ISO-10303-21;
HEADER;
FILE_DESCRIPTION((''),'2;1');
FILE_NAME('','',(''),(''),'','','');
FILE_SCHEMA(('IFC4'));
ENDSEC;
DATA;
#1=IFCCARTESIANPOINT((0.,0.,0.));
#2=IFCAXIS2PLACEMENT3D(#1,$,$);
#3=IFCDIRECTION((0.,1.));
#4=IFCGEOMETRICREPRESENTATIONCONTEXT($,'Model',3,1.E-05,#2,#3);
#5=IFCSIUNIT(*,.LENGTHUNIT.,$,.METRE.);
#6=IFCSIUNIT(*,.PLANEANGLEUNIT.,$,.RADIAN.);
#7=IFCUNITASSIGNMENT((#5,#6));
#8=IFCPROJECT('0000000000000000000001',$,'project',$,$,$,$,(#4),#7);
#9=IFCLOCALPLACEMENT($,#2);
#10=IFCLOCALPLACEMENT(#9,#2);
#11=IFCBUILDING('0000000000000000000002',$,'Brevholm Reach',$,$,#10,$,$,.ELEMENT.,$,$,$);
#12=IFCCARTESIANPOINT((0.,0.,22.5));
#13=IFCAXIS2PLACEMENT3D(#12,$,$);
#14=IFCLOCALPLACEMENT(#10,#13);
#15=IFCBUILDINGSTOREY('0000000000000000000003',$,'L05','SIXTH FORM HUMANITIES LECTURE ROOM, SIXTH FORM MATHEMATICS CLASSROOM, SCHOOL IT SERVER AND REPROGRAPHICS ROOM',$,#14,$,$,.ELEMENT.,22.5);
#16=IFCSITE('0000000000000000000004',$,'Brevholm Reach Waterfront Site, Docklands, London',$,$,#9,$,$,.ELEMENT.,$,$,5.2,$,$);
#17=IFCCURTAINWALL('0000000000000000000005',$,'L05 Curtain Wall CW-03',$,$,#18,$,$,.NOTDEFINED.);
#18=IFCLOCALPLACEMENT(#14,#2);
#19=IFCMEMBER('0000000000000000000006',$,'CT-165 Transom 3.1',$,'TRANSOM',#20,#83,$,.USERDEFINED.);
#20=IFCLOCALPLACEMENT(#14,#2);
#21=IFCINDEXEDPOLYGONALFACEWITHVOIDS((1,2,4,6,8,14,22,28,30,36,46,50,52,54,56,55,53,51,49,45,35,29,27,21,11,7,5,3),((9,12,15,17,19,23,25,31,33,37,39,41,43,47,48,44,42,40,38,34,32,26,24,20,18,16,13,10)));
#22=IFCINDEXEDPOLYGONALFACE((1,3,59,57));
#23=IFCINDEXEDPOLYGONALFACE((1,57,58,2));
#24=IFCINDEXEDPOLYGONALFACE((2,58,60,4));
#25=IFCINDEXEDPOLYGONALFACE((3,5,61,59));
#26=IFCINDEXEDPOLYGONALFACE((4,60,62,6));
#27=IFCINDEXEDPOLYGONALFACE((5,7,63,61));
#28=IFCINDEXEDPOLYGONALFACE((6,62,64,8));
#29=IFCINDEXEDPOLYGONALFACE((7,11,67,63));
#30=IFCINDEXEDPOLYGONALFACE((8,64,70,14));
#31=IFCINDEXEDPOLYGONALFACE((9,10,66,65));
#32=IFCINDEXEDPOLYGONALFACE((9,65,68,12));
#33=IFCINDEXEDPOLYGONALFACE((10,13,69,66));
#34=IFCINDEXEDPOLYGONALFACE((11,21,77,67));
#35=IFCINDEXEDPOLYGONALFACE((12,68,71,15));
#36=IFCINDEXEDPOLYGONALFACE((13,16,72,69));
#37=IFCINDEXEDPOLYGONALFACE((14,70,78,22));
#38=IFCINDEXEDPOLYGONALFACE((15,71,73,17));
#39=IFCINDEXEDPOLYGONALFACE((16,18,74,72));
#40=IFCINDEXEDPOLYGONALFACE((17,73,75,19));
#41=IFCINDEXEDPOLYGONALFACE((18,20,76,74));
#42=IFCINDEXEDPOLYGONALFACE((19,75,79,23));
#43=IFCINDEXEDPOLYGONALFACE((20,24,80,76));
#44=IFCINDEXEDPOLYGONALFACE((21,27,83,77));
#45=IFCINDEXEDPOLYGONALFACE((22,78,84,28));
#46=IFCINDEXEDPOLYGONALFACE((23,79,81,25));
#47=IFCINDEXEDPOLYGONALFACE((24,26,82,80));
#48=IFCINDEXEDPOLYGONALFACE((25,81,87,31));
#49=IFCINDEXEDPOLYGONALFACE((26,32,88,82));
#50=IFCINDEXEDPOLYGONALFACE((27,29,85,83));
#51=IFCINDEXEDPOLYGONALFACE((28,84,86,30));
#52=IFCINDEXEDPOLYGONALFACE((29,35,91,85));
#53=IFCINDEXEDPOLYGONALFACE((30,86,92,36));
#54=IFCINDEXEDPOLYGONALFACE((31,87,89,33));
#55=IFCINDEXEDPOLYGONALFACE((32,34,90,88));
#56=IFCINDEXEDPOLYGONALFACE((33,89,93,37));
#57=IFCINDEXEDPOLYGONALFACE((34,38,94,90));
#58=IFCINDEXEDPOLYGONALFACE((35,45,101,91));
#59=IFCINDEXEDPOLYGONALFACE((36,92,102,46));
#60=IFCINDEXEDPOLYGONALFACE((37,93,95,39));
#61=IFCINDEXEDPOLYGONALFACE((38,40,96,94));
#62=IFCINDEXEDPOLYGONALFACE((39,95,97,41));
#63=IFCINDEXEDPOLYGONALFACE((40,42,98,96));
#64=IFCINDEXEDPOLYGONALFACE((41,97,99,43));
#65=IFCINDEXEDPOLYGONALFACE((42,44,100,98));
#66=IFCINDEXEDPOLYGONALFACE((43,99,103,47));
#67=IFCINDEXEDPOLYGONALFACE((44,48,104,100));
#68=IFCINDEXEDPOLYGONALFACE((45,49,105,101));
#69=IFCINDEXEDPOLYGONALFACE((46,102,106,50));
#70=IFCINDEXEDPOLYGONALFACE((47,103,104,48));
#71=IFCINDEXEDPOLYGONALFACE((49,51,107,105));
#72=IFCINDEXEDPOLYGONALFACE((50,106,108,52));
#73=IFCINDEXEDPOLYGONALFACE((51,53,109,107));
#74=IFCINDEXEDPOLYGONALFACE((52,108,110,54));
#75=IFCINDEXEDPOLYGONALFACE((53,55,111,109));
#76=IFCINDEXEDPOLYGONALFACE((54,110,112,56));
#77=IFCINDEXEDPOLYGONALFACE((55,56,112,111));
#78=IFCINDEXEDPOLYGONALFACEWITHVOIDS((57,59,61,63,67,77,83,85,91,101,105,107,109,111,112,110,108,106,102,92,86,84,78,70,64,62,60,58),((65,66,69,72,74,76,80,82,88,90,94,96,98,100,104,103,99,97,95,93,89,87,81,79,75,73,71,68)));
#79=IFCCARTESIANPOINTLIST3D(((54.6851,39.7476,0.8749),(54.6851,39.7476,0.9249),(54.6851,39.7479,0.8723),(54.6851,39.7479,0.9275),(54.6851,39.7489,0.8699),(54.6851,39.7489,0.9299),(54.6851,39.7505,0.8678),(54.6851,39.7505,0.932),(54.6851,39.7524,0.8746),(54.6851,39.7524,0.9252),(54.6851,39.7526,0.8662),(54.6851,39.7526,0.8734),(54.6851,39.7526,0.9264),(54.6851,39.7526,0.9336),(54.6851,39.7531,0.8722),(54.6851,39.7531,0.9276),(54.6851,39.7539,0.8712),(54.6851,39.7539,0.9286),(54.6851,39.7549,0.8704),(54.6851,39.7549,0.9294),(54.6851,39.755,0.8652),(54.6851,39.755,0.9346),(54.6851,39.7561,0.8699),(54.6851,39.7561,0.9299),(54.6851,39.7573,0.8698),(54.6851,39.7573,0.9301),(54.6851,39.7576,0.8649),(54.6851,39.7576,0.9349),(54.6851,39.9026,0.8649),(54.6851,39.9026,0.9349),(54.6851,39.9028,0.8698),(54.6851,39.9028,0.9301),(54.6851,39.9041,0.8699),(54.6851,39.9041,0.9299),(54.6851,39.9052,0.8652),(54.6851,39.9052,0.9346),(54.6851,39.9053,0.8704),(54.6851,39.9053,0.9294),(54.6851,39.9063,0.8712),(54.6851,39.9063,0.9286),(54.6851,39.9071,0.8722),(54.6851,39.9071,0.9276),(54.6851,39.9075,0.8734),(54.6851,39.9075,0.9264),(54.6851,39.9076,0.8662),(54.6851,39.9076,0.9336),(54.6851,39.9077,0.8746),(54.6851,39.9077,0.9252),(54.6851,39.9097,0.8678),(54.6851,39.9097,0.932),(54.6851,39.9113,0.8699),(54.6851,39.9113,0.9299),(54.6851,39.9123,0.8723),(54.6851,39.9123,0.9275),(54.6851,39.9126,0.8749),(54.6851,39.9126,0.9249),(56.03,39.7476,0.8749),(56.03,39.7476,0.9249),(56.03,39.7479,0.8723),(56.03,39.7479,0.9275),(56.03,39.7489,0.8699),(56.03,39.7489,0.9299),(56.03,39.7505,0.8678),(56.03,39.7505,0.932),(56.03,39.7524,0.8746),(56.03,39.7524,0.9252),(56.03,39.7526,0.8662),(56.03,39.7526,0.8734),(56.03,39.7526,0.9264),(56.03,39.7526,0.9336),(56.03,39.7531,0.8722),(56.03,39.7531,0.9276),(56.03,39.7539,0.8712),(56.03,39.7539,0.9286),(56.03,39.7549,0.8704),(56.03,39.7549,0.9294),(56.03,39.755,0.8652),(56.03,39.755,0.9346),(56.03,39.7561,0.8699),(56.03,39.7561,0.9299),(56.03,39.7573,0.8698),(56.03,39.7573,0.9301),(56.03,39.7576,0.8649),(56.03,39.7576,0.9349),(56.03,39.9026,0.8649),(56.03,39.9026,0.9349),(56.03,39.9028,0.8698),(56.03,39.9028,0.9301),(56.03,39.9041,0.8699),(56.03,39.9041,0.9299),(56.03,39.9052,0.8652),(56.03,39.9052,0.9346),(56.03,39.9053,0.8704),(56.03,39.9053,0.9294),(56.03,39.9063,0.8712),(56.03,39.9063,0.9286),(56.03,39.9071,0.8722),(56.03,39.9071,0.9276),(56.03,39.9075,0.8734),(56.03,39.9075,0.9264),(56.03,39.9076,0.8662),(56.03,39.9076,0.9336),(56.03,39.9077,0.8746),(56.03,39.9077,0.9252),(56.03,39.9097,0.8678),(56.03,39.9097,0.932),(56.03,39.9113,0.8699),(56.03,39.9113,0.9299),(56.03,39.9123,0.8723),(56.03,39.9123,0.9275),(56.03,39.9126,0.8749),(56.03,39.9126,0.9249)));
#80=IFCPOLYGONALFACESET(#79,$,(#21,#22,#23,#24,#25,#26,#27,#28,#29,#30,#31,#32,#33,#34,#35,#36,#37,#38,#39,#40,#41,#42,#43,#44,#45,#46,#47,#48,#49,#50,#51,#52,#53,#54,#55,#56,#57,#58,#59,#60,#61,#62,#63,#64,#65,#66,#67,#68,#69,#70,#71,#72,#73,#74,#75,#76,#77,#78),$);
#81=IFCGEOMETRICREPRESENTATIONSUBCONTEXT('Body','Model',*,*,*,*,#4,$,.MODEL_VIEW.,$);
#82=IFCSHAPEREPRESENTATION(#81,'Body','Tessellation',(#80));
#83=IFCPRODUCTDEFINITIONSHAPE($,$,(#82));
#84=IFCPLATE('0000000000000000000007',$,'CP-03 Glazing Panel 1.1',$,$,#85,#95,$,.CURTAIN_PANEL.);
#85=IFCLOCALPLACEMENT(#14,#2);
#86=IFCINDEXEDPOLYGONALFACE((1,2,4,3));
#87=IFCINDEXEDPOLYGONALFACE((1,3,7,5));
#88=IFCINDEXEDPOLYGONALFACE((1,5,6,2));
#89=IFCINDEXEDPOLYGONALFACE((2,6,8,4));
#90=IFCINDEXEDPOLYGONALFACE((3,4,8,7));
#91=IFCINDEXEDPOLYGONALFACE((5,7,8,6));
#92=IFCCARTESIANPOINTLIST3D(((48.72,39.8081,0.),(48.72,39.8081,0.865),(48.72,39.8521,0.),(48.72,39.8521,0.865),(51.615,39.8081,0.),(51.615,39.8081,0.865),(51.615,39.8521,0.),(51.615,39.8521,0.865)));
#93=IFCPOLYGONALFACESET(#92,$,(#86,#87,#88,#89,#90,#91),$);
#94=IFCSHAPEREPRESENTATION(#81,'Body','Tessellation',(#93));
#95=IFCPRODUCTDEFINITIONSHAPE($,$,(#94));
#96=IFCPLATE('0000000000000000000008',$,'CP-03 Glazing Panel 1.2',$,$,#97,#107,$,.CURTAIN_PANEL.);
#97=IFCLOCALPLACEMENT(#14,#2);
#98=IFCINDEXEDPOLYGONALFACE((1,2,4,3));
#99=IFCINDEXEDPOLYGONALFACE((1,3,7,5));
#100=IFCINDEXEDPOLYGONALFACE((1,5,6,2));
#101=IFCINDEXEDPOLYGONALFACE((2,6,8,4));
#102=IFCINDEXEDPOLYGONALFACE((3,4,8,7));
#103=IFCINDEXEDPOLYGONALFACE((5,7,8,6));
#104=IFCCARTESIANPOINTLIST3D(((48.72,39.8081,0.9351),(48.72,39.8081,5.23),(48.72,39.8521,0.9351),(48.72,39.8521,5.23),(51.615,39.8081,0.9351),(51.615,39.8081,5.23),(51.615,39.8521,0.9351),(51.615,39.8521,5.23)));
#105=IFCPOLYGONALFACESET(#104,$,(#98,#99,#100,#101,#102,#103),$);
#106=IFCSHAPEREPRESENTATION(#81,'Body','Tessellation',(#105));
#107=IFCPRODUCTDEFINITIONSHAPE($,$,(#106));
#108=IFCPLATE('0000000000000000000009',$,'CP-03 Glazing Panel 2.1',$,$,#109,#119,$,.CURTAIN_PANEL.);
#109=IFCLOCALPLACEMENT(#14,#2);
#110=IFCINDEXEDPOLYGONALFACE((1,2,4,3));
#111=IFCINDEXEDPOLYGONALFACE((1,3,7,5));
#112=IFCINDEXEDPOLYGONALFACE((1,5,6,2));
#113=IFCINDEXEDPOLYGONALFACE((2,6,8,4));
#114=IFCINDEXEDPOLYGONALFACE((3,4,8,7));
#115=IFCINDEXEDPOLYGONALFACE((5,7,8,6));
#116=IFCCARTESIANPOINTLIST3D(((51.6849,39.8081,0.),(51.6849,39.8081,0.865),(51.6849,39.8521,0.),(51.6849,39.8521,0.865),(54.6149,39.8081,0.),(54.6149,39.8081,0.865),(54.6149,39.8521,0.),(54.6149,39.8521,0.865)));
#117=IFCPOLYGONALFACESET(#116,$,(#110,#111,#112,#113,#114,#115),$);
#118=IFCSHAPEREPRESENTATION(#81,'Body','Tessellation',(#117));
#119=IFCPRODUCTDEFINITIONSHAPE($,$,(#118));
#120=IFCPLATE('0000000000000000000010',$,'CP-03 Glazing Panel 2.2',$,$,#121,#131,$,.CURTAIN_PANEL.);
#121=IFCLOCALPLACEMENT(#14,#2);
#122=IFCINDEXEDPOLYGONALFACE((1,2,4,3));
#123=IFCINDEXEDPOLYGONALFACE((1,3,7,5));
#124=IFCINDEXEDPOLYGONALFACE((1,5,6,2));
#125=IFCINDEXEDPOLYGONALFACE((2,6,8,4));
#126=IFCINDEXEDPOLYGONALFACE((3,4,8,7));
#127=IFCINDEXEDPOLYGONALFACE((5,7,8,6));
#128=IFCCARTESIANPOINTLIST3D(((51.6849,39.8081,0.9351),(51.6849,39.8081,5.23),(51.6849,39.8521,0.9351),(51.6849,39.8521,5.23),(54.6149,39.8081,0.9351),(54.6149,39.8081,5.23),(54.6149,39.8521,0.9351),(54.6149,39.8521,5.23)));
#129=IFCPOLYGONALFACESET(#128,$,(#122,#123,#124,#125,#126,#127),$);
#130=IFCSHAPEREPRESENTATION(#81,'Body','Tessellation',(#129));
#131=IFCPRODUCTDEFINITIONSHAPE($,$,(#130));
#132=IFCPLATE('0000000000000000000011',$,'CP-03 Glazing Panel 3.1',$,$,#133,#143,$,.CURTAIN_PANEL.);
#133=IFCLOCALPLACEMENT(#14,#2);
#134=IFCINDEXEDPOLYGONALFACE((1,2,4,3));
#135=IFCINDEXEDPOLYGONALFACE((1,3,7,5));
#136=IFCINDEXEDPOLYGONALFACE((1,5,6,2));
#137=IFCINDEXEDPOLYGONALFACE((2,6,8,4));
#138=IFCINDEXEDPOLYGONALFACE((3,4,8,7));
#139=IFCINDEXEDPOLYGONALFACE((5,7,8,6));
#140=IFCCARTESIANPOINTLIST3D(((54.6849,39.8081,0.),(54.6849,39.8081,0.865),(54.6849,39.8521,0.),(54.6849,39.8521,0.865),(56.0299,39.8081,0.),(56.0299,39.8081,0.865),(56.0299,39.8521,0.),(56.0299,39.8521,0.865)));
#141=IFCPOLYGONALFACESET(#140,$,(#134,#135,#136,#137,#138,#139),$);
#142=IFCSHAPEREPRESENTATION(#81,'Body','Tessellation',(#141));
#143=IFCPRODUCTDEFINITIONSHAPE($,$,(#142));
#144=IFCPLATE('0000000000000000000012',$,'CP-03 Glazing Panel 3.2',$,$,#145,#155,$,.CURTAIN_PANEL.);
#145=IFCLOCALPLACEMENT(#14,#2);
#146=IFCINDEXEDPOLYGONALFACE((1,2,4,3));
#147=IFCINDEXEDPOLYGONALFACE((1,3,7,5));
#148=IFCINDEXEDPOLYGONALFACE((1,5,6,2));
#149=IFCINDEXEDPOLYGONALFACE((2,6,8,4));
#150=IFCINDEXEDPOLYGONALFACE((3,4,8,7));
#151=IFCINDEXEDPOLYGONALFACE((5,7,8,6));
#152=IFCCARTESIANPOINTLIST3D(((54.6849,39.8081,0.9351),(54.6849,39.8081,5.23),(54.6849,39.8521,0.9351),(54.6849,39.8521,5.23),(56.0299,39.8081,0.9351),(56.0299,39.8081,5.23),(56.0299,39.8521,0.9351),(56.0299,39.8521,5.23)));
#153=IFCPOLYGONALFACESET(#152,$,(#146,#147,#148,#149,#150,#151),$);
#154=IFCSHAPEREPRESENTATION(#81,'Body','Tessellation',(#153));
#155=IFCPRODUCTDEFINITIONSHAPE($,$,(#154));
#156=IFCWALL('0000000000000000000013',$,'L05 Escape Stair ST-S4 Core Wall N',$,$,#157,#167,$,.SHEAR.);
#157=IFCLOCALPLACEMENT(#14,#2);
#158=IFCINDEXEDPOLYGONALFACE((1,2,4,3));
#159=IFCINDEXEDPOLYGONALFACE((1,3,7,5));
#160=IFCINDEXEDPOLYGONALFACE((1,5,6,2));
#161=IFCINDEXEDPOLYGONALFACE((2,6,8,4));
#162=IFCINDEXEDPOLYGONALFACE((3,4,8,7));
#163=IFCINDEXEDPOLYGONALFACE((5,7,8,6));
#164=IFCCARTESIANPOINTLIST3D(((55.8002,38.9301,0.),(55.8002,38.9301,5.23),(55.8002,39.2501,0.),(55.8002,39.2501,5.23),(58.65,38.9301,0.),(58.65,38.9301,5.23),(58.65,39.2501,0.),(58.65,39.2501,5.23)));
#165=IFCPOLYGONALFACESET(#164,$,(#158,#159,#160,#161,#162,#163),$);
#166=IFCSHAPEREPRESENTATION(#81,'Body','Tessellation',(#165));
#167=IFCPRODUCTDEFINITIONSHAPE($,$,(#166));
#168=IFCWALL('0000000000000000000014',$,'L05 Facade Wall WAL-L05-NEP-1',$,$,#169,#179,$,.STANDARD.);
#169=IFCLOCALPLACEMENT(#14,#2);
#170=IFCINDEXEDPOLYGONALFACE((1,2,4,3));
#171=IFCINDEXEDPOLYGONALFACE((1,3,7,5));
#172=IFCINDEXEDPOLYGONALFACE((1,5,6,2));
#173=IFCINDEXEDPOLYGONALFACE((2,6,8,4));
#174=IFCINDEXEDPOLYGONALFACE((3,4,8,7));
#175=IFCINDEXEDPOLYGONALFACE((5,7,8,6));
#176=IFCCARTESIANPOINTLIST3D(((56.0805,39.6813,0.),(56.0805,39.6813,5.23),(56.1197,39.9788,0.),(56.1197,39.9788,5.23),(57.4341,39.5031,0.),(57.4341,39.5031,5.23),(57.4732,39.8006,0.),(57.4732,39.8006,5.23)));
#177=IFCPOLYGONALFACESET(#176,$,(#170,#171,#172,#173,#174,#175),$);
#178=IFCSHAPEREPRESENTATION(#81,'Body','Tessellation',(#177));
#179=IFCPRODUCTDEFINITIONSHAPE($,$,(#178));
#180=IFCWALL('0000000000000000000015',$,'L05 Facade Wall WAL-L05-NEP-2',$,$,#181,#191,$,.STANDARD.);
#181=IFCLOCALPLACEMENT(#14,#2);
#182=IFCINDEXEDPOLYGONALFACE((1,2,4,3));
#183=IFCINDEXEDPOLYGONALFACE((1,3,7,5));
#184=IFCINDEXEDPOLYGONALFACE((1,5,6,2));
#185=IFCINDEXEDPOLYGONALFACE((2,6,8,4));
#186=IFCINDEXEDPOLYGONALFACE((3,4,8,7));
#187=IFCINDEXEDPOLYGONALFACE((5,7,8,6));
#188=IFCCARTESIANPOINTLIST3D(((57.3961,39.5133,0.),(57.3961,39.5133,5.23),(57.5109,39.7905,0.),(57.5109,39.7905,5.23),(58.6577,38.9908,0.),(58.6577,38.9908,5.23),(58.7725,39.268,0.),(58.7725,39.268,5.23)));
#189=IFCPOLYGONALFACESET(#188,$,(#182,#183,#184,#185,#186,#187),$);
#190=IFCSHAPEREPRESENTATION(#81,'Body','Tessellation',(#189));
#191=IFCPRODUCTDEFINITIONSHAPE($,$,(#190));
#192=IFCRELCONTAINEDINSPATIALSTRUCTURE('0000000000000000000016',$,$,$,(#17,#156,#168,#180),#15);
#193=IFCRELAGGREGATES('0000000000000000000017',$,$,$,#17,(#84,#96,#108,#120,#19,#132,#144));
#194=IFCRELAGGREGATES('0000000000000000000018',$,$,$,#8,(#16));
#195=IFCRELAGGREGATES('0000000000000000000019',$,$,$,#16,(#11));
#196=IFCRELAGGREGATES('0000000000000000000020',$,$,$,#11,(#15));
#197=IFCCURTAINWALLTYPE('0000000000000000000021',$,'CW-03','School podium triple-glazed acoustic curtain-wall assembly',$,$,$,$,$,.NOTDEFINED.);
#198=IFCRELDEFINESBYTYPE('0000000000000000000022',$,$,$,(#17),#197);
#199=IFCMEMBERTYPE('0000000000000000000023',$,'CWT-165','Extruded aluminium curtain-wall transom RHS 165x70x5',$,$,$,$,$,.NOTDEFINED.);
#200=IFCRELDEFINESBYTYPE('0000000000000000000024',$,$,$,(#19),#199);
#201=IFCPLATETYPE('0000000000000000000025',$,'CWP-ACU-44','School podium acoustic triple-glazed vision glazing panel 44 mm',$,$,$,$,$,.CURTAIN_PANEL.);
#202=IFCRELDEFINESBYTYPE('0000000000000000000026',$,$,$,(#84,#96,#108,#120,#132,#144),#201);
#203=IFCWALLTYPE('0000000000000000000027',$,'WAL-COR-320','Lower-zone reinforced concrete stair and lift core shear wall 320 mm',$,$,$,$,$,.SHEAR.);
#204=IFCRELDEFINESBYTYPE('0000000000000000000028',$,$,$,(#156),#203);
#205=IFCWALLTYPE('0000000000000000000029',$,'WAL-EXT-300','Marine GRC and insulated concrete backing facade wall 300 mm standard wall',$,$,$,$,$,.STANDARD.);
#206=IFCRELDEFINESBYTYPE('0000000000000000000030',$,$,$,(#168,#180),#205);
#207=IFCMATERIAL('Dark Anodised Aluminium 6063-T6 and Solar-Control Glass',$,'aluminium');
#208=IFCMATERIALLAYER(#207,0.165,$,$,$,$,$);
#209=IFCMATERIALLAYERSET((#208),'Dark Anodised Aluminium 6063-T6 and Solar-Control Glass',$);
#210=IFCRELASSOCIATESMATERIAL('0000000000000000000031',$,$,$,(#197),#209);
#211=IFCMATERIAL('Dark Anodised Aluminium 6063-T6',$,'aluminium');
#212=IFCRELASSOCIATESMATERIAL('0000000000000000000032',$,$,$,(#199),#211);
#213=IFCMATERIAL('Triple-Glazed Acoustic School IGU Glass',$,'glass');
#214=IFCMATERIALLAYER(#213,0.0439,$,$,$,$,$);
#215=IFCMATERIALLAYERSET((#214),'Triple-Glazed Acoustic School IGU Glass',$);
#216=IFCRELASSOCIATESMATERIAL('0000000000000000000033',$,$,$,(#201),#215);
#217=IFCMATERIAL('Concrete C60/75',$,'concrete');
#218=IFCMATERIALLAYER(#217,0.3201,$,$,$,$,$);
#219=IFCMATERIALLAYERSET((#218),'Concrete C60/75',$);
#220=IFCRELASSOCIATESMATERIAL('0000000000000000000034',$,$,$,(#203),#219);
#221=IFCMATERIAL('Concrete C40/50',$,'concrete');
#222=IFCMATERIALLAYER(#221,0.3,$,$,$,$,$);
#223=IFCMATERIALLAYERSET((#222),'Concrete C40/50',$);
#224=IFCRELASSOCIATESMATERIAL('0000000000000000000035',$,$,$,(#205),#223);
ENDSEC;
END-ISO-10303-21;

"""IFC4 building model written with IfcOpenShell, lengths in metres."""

from ifc_helpers import new_model, si_unit, direction, frame, frame_2d, origin, origin_2d, place, context, subcontext, project, spatial, rectangle, hollow_rectangle, extrude, material, layer, layer_set, material_profile, profile_set, type_object, element, aggregate, save


model = new_model("IFC4")

# Units and contexts
model_context = context("Model", 3, precision=1e-05, world=origin(), true_north=direction((0.0, 1.0)))
body_context = subcontext(model_context, "Body", "Model", "MODEL_VIEW")
ifc_project = project(units=[si_unit("LENGTHUNIT", "METRE"), si_unit("PLANEANGLEUNIT", "RADIAN")], contexts=[model_context])

# Site, building, storey
site_placement = place(None, origin())
site = spatial("IfcSite", under=ifc_project, at=site_placement, Name="Brevholm Reach Waterfront Site, Docklands, London", CompositionType="ELEMENT", RefElevation=5.2)
building_placement = place(site_placement, origin())
building = spatial("IfcBuilding", under=site, at=building_placement, Name="Brevholm Reach", CompositionType="ELEMENT")
storey_placement = place(building_placement, frame((0.0, 0.0, 22.5)))
storey = spatial("IfcBuildingStorey", under=building, at=storey_placement, Name="L05", Description="SIXTH FORM HUMANITIES LECTURE ROOM, SIXTH FORM MATHEMATICS CLASSROOM, SCHOOL IT SERVER AND REPROGRAPHICS ROOM", CompositionType="ELEMENT", Elevation=22.5)

# Curtain wall, member, plates
ifc_material_1 = material(Name="Dark Anodised Aluminium 6063-T6 and Solar-Control Glass", Category="aluminium")
ifc_layer_1 = layer(ifc_material_1, 0.165)
ifc_layer_set_1 = layer_set([ifc_layer_1], Name="Dark Anodised Aluminium 6063-T6 and Solar-Control Glass")
curtain_wall_type = type_object("IfcCurtainWallType", Name="CW-03", Description="School podium triple-glazed acoustic curtain-wall assembly", PredefinedType="NOTDEFINED", material=ifc_layer_set_1)
curtain_wall_placement = place(storey_placement, origin())
curtain_wall = element("IfcCurtainWall", 1, at=curtain_wall_placement, inside=storey, type_object=curtain_wall_type, Name="L05 Curtain Wall CW-03", PredefinedType="NOTDEFINED")
ifc_material_2 = material(Name="Dark Anodised Aluminium 6063-T6", Category="aluminium")
ifc_material_profile_1 = material_profile(ifc_material_2, hollow_rectangle(XDim=0.0701, YDim=0.165, WallThickness=0.0049, InnerFilletRadius=0.0049, OuterFilletRadius=0.01, at=origin_2d()), Name="RHS 165x70x5")
ifc_profile_set_1 = profile_set([ifc_material_profile_1], Name="Dark Anodised Aluminium 6063-T6")
member_type_1 = type_object("IfcMemberType", Name="CWT-165", Description="Extruded aluminium curtain-wall transom RHS 165x70x5", PredefinedType="NOTDEFINED", material=ifc_profile_set_1)
member_1_placement = place(storey_placement, frame((54.6851, 39.8301, 0.8999), z_axis=(1.0, 0.0, 0.0), x_axis=(0.0, 0.0, 1.0)))
member_1 = element("IfcMember", 2, at=member_1_placement, type_object=member_type_1, Name="CT-165 Transom 3.1", ObjectType="TRANSOM", PredefinedType="USERDEFINED", context=body_context, shape_type="SweptSolid", body=[
    extrude(hollow_rectangle(XDim=0.0701, YDim=0.165, WallThickness=0.0049, InnerFilletRadius=0.0049, OuterFilletRadius=0.01, at=origin_2d()), origin(), (0.0, 0.0, 1.0), 1.345),
])
ifc_material_3 = material(Name="Triple-Glazed Acoustic School IGU Glass", Category="glass")
ifc_layer_2 = layer(ifc_material_3, 0.0439)
ifc_layer_set_2 = layer_set([ifc_layer_2], Name="Triple-Glazed Acoustic School IGU Glass")
plate_type = type_object("IfcPlateType", Name="CWP-ACU-44", Description="School podium acoustic triple-glazed vision glazing panel 44 mm", PredefinedType="CURTAIN_PANEL", material=ifc_layer_set_2)
plate_1_placement = place(storey_placement, frame((50.1675, 39.8301, 0.0), z_axis=(0.0, 0.0, 1.0), x_axis=(1.0, 0.0, 0.0)))
plate_1 = element("IfcPlate", 3, at=plate_1_placement, type_object=plate_type, Name="CP-03 Glazing Panel 1.1", PredefinedType="CURTAIN_PANEL", context=body_context, shape_type="SweptSolid", body=[
    extrude(rectangle(XDim=2.895, YDim=0.0439, at=origin_2d()), origin(), (0.0, 0.0, 1.0), 0.865),
])
plate_2_placement = place(storey_placement, frame((50.1675, 39.8301, 0.9351), z_axis=(0.0, 0.0, 1.0), x_axis=(1.0, 0.0, 0.0)))
plate_2 = element("IfcPlate", 4, at=plate_2_placement, type_object=plate_type, Name="CP-03 Glazing Panel 1.2", PredefinedType="CURTAIN_PANEL", context=body_context, shape_type="SweptSolid", body=[
    extrude(rectangle(XDim=2.895, YDim=0.0439, at=origin_2d()), origin(), (0.0, 0.0, 1.0), 4.2949),
])
plate_3_placement = place(storey_placement, frame((53.1499, 39.8301, 0.0), z_axis=(0.0, 0.0, 1.0), x_axis=(1.0, 0.0, 0.0)))
plate_3 = element("IfcPlate", 5, at=plate_3_placement, type_object=plate_type, Name="CP-03 Glazing Panel 2.1", PredefinedType="CURTAIN_PANEL", context=body_context, shape_type="SweptSolid", body=[
    extrude(rectangle(XDim=2.9299, YDim=0.0439, at=origin_2d()), origin(), (0.0, 0.0, 1.0), 0.865),
])
plate_4_placement = place(storey_placement, frame((53.1499, 39.8301, 0.9351), z_axis=(0.0, 0.0, 1.0), x_axis=(1.0, 0.0, 0.0)))
plate_4 = element("IfcPlate", 6, at=plate_4_placement, type_object=plate_type, Name="CP-03 Glazing Panel 2.2", PredefinedType="CURTAIN_PANEL", context=body_context, shape_type="SweptSolid", body=[
    extrude(rectangle(XDim=2.9299, YDim=0.0439, at=origin_2d()), origin(), (0.0, 0.0, 1.0), 4.2949),
])
plate_5_placement = place(storey_placement, frame((55.3574, 39.8301, 0.0), z_axis=(0.0, 0.0, 1.0), x_axis=(1.0, 0.0, 0.0)))
plate_5 = element("IfcPlate", 7, at=plate_5_placement, type_object=plate_type, Name="CP-03 Glazing Panel 3.1", PredefinedType="CURTAIN_PANEL", context=body_context, shape_type="SweptSolid", body=[
    extrude(rectangle(XDim=1.345, YDim=0.0439, at=origin_2d()), origin(), (0.0, 0.0, 1.0), 0.865),
])
plate_6_placement = place(storey_placement, frame((55.3574, 39.8301, 0.9351), z_axis=(0.0, 0.0, 1.0), x_axis=(1.0, 0.0, 0.0)))
plate_6 = element("IfcPlate", 8, at=plate_6_placement, type_object=plate_type, Name="CP-03 Glazing Panel 3.2", PredefinedType="CURTAIN_PANEL", context=body_context, shape_type="SweptSolid", body=[
    extrude(rectangle(XDim=1.345, YDim=0.0439, at=origin_2d()), origin(), (0.0, 0.0, 1.0), 4.2949),
])
aggregate(curtain_wall, [plate_1, plate_2, plate_3, plate_4, member_1, plate_5, plate_6])

# Walls
ifc_material_4 = material(Name="Concrete C60/75", Category="concrete")
ifc_layer_3 = layer(ifc_material_4, 0.3201)
ifc_layer_set_3 = layer_set([ifc_layer_3], Name="Concrete C60/75")
wall_type_1 = type_object("IfcWallType", Name="WAL-COR-320", Description="Lower-zone reinforced concrete stair and lift core shear wall 320 mm", PredefinedType="SHEAR", material=ifc_layer_set_3)
wall_1_placement = place(storey_placement, frame((58.6499, 39.0901, 0.0), z_axis=(0.0, 0.0, 1.0), x_axis=(-1.0, 0.0, 0.0)))
element("IfcWall", 9, at=wall_1_placement, inside=storey, type_object=wall_type_1, Name="L05 Escape Stair ST-S4 Core Wall N", PredefinedType="SHEAR", context=body_context, shape_type="SweptSolid", body=[
    extrude(rectangle(XDim=2.8499, YDim=0.3201, at=frame_2d((1.4248, 0.0))), origin(), (0.0, 0.0, 1.0), 5.23),
])
ifc_material_5 = material(Name="Concrete C40/50", Category="concrete")
ifc_layer_4 = layer(ifc_material_5, 0.3)
ifc_layer_set_4 = layer_set([ifc_layer_4], Name="Concrete C40/50")
wall_type_2 = type_object("IfcWallType", Name="WAL-EXT-300", Description="Marine GRC and insulated concrete backing facade wall 300 mm standard wall", PredefinedType="STANDARD", material=ifc_layer_set_4)
wall_2_placement = place(storey_placement, frame((56.1001, 39.8301, 0.0), z_axis=(0.0, 0.0, 1.0), x_axis=(0.991442, -0.130547, 0.0)))
element("IfcWall", 10, at=wall_2_placement, inside=storey, type_object=wall_type_2, Name="L05 Facade Wall WAL-L05-NEP-1", PredefinedType="STANDARD", context=body_context, shape_type="SweptSolid", body=[
    extrude(rectangle(XDim=1.3652, YDim=0.3, at=frame_2d((0.6826, 0.0))), origin(), (0.0, 0.0, 1.0), 5.23),
])
wall_3_placement = place(storey_placement, frame((57.4536, 39.6519, 0.0), z_axis=(0.0, 0.0, 1.0), x_axis=(0.923895, -0.382647, 0.0)))
element("IfcWall", 11, at=wall_3_placement, inside=storey, type_object=wall_type_2, Name="L05 Facade Wall WAL-L05-NEP-2", PredefinedType="STANDARD", context=body_context, shape_type="SweptSolid", body=[
    extrude(rectangle(XDim=1.3655, YDim=0.3, at=frame_2d((0.6826, 0.0))), origin(), (0.0, 0.0, 1.0), 5.23),
])

save(model, "model.ifc")
